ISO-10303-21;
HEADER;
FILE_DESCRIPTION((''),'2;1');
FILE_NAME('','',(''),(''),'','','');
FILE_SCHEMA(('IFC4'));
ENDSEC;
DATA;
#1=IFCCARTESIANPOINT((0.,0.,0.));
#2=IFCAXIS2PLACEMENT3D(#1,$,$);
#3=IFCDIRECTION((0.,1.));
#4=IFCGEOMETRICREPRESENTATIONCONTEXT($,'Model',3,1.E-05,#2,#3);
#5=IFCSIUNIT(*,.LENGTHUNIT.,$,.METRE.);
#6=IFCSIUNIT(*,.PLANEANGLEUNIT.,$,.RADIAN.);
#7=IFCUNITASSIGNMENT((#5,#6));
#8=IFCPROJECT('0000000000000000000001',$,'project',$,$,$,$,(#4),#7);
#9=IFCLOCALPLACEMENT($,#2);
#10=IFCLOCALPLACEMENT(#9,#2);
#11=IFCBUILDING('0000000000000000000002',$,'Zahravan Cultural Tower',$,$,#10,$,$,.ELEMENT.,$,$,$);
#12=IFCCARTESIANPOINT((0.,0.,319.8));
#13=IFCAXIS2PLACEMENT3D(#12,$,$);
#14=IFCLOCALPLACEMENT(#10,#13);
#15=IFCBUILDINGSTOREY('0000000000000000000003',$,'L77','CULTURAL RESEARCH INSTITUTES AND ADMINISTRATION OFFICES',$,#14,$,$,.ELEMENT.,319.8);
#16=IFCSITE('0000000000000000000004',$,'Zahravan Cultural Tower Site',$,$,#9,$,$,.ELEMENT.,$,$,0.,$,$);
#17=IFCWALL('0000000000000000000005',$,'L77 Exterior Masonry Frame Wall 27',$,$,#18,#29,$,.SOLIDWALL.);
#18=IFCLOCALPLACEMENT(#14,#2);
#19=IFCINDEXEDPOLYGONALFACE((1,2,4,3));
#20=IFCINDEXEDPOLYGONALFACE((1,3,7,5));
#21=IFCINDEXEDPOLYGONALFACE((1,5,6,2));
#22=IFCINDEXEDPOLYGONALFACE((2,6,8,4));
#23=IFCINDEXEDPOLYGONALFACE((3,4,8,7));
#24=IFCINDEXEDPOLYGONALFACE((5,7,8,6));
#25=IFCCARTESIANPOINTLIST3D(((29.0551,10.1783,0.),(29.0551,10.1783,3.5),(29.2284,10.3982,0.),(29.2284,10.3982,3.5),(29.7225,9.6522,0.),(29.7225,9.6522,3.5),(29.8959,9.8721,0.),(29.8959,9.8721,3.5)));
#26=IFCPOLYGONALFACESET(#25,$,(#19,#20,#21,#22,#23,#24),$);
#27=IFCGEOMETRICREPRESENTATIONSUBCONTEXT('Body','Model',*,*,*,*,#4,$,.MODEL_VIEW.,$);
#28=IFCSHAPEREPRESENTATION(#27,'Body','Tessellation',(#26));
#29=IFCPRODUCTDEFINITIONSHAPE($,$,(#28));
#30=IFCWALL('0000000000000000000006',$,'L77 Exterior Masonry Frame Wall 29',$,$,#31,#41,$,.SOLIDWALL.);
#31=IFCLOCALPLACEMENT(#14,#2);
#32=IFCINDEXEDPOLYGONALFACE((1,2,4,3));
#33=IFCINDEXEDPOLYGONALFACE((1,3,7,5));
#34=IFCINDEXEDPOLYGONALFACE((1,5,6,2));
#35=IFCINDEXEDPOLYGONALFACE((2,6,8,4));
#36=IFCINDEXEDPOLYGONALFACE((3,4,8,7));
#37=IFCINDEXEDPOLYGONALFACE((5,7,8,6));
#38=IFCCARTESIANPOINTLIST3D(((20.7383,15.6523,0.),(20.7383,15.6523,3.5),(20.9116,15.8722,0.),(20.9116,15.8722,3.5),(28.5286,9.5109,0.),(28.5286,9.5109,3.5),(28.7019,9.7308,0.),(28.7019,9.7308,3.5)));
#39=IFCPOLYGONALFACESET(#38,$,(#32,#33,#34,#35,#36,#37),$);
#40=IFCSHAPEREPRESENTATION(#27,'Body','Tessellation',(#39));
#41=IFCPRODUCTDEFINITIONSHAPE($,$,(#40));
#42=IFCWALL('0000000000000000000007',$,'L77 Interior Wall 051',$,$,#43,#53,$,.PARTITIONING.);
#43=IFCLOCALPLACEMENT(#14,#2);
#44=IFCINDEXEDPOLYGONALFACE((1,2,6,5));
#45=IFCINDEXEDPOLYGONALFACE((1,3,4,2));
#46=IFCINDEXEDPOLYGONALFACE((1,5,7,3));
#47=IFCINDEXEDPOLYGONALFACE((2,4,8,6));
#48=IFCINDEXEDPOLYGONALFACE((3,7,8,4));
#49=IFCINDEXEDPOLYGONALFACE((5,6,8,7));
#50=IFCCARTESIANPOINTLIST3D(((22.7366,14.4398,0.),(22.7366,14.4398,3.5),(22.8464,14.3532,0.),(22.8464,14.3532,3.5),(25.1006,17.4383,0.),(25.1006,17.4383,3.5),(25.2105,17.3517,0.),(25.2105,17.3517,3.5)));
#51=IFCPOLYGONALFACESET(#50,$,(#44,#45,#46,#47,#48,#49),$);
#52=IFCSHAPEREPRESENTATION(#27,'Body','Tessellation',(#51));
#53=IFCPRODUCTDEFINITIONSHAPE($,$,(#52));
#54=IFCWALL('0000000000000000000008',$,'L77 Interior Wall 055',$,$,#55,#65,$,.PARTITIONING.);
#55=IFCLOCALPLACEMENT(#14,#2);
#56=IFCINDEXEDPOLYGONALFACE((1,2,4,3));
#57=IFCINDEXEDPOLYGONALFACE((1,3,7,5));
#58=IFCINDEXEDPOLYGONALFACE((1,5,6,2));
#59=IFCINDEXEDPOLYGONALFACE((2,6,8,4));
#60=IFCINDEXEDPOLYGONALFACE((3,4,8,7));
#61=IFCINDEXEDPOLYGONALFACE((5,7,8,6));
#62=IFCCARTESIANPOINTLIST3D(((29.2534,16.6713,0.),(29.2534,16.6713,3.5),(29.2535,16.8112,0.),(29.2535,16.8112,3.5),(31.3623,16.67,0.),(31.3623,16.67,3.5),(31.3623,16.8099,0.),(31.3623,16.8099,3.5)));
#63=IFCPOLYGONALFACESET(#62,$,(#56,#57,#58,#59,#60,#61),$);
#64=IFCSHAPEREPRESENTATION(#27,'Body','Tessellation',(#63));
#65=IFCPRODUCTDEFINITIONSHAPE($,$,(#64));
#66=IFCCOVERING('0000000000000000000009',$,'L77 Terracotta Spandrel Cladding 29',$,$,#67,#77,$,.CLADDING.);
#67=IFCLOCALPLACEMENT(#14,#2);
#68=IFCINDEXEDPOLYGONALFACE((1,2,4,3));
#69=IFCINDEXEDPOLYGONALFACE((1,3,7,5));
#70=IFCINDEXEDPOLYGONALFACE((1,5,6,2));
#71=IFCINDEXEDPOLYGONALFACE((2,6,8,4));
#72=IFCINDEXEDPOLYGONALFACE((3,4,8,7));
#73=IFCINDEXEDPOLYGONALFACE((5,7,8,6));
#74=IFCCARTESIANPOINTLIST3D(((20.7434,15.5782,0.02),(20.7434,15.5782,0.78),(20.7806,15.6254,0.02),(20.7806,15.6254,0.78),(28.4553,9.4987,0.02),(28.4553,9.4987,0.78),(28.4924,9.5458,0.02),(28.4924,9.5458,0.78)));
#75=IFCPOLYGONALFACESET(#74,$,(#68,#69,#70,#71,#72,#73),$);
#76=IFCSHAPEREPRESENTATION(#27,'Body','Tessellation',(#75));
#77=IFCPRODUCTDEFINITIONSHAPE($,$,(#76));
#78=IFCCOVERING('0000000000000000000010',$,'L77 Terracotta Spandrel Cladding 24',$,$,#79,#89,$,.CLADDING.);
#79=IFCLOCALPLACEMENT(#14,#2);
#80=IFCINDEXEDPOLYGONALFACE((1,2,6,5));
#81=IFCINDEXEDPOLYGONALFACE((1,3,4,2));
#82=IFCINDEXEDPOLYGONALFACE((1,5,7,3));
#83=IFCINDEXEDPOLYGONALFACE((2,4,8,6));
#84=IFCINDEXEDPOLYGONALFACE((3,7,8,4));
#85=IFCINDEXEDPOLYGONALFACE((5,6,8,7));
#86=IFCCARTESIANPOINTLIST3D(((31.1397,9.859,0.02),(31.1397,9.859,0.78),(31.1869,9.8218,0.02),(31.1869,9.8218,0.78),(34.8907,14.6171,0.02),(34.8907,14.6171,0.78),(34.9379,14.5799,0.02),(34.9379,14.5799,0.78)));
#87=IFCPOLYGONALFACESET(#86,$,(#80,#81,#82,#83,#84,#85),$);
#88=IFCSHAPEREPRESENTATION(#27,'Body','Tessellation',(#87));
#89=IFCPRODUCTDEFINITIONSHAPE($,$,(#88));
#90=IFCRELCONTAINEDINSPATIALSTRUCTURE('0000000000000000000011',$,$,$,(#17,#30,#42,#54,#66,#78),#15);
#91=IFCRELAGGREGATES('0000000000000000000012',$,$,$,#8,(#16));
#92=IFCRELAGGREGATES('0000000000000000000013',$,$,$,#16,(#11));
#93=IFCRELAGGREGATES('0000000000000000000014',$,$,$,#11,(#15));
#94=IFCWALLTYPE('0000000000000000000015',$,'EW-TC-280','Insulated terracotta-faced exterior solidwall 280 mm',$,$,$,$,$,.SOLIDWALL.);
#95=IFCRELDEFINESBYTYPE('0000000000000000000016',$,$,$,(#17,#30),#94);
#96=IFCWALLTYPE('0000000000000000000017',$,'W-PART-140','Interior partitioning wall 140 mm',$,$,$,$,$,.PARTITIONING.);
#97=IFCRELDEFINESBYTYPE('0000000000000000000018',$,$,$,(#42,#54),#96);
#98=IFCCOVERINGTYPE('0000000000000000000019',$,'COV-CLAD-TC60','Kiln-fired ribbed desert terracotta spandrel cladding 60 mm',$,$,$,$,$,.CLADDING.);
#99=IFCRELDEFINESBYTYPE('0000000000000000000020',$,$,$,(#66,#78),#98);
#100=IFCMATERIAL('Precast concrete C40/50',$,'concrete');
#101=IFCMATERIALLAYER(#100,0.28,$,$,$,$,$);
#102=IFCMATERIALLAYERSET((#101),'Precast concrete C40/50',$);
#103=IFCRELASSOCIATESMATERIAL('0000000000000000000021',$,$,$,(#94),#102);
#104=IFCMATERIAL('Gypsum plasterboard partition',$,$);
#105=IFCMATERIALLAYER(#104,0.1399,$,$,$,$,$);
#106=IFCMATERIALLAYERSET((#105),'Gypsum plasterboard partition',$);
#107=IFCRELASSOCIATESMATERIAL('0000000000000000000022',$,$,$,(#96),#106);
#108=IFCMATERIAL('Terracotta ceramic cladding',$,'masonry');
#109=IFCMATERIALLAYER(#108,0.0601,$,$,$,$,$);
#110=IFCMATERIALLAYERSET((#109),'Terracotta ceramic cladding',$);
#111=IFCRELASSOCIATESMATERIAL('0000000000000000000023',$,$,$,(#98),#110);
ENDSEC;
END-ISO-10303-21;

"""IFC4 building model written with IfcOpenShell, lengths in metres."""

from ifc_helpers import new_model, si_unit, direction, frame, frame_2d, origin, origin_2d, place, context, subcontext, project, spatial, rectangle, extrude, source, transform, mapped, material, layer, layer_set, type_object, element, save


model = new_model("IFC4")

# Units and contexts
model_context = context("Model", 3, precision=1e-05, world=origin(), true_north=direction((0.0, 1.0)))
body_context = subcontext(model_context, "Body", "Model", "MODEL_VIEW")
ifc_project = project(units=[si_unit("LENGTHUNIT", "METRE"), si_unit("PLANEANGLEUNIT", "RADIAN")], contexts=[model_context])

# Site, building, storey
site_placement = place(None, origin())
site = spatial("IfcSite", under=ifc_project, at=site_placement, Name="Zahravan Cultural Tower Site", CompositionType="ELEMENT", RefElevation=0.0)
building_placement = place(site_placement, origin())
building = spatial("IfcBuilding", under=site, at=building_placement, Name="Zahravan Cultural Tower", CompositionType="ELEMENT")
storey_placement = place(building_placement, frame((0.0, 0.0, 319.8)))
storey = spatial("IfcBuildingStorey", under=building, at=storey_placement, Name="L77", Description="CULTURAL RESEARCH INSTITUTES AND ADMINISTRATION OFFICES", CompositionType="ELEMENT", Elevation=319.8)

# Shared definitions
ifc_material_1 = material(Name="Precast concrete C40/50", Category="concrete")
ifc_layer_1 = layer(ifc_material_1, 0.28)
ifc_layer_set_1 = layer_set([ifc_layer_1], Name="Precast concrete C40/50")
wall_type_1 = type_object("IfcWallType", Name="EW-TC-280", Description="Insulated terracotta-faced exterior solidwall 280 mm", PredefinedType="SOLIDWALL", material=ifc_layer_set_1)

# Shared definitions
ifc_material_2 = material(Name="Gypsum plasterboard partition")
ifc_layer_2 = layer(ifc_material_2, 0.1399)
ifc_layer_set_2 = layer_set([ifc_layer_2], Name="Gypsum plasterboard partition")
wall_type_2 = type_object("IfcWallType", Name="W-PART-140", Description="Interior partitioning wall 140 mm", PredefinedType="PARTITIONING", material=ifc_layer_set_2)

# Walls
shared_shape_1 = source(origin(), body_context, "Body", "SweptSolid", [
    extrude(rectangle(XDim=0.8499, YDim=0.28, at=frame_2d((0.4248, 0.0))), origin(), (0.0, 0.0, 1.0), 3.5),
])
for number, where, z_axis, x_axis, name in (
    (1, (29.8091, 9.7622, 0.0), (0.0, 0.0, 1.0), (-0.78536, 0.619039, 0.0), "L77 Exterior Masonry Frame Wall 27"),
):
    element("IfcWall", number, at=place(storey_placement, frame(where, z_axis=z_axis, x_axis=x_axis)), inside=storey, type_object=wall_type_1, Name=name, PredefinedType="SOLIDWALL", context=body_context, shape_type="MappedRepresentation", body=[
        mapped(shared_shape_1, transform((0.0, 0.0, 0.0), x_axis=(1.0, 0.0, 0.0), y_axis=(0.0, 1.0, 0.0), z_axis=(0.0, 0.0, 1.0), scale=1.0)),
    ])
shared_shape_2 = source(origin(), body_context, "Body", "SweptSolid", [
    extrude(rectangle(XDim=9.9199, YDim=0.28, at=frame_2d((4.96, 0.0))), origin(), (0.0, 0.0, 1.0), 3.5),
])
wall_1_placement = place(storey_placement, frame((28.6152, 9.6208, 0.0), z_axis=(0.0, 0.0, 1.0), x_axis=(-0.785317, 0.619094, 0.0)))
element("IfcWall", 2, at=wall_1_placement, inside=storey, type_object=wall_type_1, Name="L77 Exterior Masonry Frame Wall 29", PredefinedType="SOLIDWALL", context=body_context, shape_type="MappedRepresentation", body=[
    mapped(shared_shape_2, transform((0.0, 0.0, 0.0), x_axis=(1.0, 0.0, 0.0), y_axis=(0.0, 1.0, 0.0), z_axis=(0.0, 0.0, 1.0), scale=1.0)),
])
shared_shape_3 = source(origin(), body_context, "Body", "SweptSolid", [
    extrude(rectangle(XDim=3.8184, YDim=0.1399, at=frame_2d((1.9092, 0.0))), origin(), (0.0, 0.0, 1.0), 3.5),
])
wall_2_placement = place(storey_placement, frame((22.7915, 14.3965, 0.0), z_axis=(0.0, 0.0, 1.0), x_axis=(0.61912, 0.785297, 0.0)))
element("IfcWall", 3, at=wall_2_placement, inside=storey, type_object=wall_type_2, Name="L77 Interior Wall 051", PredefinedType="PARTITIONING", context=body_context, shape_type="MappedRepresentation", body=[
    mapped(shared_shape_3, transform((0.0, 0.0, 0.0), x_axis=(1.0, 0.0, 0.0), y_axis=(0.0, 1.0, 0.0), z_axis=(0.0, 0.0, 1.0), scale=1.0)),
])
shared_shape_4 = source(origin(), body_context, "Body", "SweptSolid", [
    extrude(rectangle(XDim=2.1089, YDim=0.1399, at=frame_2d((1.0544, 0.0))), origin(), (0.0, 0.0, 1.0), 3.5),
])
wall_3_placement = place(storey_placement, frame((29.2534, 16.7412, 0.0), z_axis=(0.0, 0.0, 1.0), x_axis=(1.0, -0.000579, 0.0)))
element("IfcWall", 4, at=wall_3_placement, inside=storey, type_object=wall_type_2, Name="L77 Interior Wall 055", PredefinedType="PARTITIONING", context=body_context, shape_type="MappedRepresentation", body=[
    mapped(shared_shape_4, transform((0.0, 0.0, 0.0), x_axis=(1.0, 0.0, 0.0), y_axis=(0.0, 1.0, 0.0), z_axis=(0.0, 0.0, 1.0), scale=1.0)),
])

# Coverings
ifc_material_3 = material(Name="Terracotta ceramic cladding", Category="masonry")
ifc_layer_3 = layer(ifc_material_3, 0.0601)
ifc_layer_set_3 = layer_set([ifc_layer_3], Name="Terracotta ceramic cladding")
covering_type = type_object("IfcCoveringType", Name="COV-CLAD-TC60", Description="Kiln-fired ribbed desert terracotta spandrel cladding 60 mm", PredefinedType="CLADDING", material=ifc_layer_set_3)
shared_shape_5 = source(origin(), body_context, "Body", "SweptSolid", [
    extrude(rectangle(XDim=9.8201, YDim=0.0601, at=origin_2d()), origin(), (0.0, 0.0, 1.0), 0.76),
])
covering_1_placement = place(storey_placement, frame((24.6179, 12.562, 0.02), z_axis=(0.0, 0.0, 1.0), x_axis=(-0.785317, 0.619094, 0.0)))
element("IfcCovering", 5, at=covering_1_placement, inside=storey, type_object=covering_type, Name="L77 Terracotta Spandrel Cladding 29", PredefinedType="CLADDING", context=body_context, shape_type="MappedRepresentation", body=[
    mapped(shared_shape_5, transform((0.0, 0.0, 0.0), x_axis=(1.0, 0.0, 0.0), y_axis=(0.0, 1.0, 0.0), z_axis=(0.0, 0.0, 1.0), scale=1.0)),
])
shared_shape_6 = source(origin(), body_context, "Body", "SweptSolid", [
    extrude(rectangle(XDim=6.0588, YDim=0.0601, at=origin_2d()), origin(), (0.0, 0.0, 1.0), 0.76),
])
covering_2_placement = place(storey_placement, frame((33.0388, 12.2195, 0.02), z_axis=(0.0, 0.0, 1.0), x_axis=(-0.619094, -0.785317, 0.0)))
element("IfcCovering", 6, at=covering_2_placement, inside=storey, type_object=covering_type, Name="L77 Terracotta Spandrel Cladding 24", PredefinedType="CLADDING", context=body_context, shape_type="MappedRepresentation", body=[
    mapped(shared_shape_6, transform((0.0, 0.0, 0.0), x_axis=(1.0, 0.0, 0.0), y_axis=(0.0, 1.0, 0.0), z_axis=(0.0, 0.0, 1.0), scale=1.0)),
])

save(model, "model.ifc")
